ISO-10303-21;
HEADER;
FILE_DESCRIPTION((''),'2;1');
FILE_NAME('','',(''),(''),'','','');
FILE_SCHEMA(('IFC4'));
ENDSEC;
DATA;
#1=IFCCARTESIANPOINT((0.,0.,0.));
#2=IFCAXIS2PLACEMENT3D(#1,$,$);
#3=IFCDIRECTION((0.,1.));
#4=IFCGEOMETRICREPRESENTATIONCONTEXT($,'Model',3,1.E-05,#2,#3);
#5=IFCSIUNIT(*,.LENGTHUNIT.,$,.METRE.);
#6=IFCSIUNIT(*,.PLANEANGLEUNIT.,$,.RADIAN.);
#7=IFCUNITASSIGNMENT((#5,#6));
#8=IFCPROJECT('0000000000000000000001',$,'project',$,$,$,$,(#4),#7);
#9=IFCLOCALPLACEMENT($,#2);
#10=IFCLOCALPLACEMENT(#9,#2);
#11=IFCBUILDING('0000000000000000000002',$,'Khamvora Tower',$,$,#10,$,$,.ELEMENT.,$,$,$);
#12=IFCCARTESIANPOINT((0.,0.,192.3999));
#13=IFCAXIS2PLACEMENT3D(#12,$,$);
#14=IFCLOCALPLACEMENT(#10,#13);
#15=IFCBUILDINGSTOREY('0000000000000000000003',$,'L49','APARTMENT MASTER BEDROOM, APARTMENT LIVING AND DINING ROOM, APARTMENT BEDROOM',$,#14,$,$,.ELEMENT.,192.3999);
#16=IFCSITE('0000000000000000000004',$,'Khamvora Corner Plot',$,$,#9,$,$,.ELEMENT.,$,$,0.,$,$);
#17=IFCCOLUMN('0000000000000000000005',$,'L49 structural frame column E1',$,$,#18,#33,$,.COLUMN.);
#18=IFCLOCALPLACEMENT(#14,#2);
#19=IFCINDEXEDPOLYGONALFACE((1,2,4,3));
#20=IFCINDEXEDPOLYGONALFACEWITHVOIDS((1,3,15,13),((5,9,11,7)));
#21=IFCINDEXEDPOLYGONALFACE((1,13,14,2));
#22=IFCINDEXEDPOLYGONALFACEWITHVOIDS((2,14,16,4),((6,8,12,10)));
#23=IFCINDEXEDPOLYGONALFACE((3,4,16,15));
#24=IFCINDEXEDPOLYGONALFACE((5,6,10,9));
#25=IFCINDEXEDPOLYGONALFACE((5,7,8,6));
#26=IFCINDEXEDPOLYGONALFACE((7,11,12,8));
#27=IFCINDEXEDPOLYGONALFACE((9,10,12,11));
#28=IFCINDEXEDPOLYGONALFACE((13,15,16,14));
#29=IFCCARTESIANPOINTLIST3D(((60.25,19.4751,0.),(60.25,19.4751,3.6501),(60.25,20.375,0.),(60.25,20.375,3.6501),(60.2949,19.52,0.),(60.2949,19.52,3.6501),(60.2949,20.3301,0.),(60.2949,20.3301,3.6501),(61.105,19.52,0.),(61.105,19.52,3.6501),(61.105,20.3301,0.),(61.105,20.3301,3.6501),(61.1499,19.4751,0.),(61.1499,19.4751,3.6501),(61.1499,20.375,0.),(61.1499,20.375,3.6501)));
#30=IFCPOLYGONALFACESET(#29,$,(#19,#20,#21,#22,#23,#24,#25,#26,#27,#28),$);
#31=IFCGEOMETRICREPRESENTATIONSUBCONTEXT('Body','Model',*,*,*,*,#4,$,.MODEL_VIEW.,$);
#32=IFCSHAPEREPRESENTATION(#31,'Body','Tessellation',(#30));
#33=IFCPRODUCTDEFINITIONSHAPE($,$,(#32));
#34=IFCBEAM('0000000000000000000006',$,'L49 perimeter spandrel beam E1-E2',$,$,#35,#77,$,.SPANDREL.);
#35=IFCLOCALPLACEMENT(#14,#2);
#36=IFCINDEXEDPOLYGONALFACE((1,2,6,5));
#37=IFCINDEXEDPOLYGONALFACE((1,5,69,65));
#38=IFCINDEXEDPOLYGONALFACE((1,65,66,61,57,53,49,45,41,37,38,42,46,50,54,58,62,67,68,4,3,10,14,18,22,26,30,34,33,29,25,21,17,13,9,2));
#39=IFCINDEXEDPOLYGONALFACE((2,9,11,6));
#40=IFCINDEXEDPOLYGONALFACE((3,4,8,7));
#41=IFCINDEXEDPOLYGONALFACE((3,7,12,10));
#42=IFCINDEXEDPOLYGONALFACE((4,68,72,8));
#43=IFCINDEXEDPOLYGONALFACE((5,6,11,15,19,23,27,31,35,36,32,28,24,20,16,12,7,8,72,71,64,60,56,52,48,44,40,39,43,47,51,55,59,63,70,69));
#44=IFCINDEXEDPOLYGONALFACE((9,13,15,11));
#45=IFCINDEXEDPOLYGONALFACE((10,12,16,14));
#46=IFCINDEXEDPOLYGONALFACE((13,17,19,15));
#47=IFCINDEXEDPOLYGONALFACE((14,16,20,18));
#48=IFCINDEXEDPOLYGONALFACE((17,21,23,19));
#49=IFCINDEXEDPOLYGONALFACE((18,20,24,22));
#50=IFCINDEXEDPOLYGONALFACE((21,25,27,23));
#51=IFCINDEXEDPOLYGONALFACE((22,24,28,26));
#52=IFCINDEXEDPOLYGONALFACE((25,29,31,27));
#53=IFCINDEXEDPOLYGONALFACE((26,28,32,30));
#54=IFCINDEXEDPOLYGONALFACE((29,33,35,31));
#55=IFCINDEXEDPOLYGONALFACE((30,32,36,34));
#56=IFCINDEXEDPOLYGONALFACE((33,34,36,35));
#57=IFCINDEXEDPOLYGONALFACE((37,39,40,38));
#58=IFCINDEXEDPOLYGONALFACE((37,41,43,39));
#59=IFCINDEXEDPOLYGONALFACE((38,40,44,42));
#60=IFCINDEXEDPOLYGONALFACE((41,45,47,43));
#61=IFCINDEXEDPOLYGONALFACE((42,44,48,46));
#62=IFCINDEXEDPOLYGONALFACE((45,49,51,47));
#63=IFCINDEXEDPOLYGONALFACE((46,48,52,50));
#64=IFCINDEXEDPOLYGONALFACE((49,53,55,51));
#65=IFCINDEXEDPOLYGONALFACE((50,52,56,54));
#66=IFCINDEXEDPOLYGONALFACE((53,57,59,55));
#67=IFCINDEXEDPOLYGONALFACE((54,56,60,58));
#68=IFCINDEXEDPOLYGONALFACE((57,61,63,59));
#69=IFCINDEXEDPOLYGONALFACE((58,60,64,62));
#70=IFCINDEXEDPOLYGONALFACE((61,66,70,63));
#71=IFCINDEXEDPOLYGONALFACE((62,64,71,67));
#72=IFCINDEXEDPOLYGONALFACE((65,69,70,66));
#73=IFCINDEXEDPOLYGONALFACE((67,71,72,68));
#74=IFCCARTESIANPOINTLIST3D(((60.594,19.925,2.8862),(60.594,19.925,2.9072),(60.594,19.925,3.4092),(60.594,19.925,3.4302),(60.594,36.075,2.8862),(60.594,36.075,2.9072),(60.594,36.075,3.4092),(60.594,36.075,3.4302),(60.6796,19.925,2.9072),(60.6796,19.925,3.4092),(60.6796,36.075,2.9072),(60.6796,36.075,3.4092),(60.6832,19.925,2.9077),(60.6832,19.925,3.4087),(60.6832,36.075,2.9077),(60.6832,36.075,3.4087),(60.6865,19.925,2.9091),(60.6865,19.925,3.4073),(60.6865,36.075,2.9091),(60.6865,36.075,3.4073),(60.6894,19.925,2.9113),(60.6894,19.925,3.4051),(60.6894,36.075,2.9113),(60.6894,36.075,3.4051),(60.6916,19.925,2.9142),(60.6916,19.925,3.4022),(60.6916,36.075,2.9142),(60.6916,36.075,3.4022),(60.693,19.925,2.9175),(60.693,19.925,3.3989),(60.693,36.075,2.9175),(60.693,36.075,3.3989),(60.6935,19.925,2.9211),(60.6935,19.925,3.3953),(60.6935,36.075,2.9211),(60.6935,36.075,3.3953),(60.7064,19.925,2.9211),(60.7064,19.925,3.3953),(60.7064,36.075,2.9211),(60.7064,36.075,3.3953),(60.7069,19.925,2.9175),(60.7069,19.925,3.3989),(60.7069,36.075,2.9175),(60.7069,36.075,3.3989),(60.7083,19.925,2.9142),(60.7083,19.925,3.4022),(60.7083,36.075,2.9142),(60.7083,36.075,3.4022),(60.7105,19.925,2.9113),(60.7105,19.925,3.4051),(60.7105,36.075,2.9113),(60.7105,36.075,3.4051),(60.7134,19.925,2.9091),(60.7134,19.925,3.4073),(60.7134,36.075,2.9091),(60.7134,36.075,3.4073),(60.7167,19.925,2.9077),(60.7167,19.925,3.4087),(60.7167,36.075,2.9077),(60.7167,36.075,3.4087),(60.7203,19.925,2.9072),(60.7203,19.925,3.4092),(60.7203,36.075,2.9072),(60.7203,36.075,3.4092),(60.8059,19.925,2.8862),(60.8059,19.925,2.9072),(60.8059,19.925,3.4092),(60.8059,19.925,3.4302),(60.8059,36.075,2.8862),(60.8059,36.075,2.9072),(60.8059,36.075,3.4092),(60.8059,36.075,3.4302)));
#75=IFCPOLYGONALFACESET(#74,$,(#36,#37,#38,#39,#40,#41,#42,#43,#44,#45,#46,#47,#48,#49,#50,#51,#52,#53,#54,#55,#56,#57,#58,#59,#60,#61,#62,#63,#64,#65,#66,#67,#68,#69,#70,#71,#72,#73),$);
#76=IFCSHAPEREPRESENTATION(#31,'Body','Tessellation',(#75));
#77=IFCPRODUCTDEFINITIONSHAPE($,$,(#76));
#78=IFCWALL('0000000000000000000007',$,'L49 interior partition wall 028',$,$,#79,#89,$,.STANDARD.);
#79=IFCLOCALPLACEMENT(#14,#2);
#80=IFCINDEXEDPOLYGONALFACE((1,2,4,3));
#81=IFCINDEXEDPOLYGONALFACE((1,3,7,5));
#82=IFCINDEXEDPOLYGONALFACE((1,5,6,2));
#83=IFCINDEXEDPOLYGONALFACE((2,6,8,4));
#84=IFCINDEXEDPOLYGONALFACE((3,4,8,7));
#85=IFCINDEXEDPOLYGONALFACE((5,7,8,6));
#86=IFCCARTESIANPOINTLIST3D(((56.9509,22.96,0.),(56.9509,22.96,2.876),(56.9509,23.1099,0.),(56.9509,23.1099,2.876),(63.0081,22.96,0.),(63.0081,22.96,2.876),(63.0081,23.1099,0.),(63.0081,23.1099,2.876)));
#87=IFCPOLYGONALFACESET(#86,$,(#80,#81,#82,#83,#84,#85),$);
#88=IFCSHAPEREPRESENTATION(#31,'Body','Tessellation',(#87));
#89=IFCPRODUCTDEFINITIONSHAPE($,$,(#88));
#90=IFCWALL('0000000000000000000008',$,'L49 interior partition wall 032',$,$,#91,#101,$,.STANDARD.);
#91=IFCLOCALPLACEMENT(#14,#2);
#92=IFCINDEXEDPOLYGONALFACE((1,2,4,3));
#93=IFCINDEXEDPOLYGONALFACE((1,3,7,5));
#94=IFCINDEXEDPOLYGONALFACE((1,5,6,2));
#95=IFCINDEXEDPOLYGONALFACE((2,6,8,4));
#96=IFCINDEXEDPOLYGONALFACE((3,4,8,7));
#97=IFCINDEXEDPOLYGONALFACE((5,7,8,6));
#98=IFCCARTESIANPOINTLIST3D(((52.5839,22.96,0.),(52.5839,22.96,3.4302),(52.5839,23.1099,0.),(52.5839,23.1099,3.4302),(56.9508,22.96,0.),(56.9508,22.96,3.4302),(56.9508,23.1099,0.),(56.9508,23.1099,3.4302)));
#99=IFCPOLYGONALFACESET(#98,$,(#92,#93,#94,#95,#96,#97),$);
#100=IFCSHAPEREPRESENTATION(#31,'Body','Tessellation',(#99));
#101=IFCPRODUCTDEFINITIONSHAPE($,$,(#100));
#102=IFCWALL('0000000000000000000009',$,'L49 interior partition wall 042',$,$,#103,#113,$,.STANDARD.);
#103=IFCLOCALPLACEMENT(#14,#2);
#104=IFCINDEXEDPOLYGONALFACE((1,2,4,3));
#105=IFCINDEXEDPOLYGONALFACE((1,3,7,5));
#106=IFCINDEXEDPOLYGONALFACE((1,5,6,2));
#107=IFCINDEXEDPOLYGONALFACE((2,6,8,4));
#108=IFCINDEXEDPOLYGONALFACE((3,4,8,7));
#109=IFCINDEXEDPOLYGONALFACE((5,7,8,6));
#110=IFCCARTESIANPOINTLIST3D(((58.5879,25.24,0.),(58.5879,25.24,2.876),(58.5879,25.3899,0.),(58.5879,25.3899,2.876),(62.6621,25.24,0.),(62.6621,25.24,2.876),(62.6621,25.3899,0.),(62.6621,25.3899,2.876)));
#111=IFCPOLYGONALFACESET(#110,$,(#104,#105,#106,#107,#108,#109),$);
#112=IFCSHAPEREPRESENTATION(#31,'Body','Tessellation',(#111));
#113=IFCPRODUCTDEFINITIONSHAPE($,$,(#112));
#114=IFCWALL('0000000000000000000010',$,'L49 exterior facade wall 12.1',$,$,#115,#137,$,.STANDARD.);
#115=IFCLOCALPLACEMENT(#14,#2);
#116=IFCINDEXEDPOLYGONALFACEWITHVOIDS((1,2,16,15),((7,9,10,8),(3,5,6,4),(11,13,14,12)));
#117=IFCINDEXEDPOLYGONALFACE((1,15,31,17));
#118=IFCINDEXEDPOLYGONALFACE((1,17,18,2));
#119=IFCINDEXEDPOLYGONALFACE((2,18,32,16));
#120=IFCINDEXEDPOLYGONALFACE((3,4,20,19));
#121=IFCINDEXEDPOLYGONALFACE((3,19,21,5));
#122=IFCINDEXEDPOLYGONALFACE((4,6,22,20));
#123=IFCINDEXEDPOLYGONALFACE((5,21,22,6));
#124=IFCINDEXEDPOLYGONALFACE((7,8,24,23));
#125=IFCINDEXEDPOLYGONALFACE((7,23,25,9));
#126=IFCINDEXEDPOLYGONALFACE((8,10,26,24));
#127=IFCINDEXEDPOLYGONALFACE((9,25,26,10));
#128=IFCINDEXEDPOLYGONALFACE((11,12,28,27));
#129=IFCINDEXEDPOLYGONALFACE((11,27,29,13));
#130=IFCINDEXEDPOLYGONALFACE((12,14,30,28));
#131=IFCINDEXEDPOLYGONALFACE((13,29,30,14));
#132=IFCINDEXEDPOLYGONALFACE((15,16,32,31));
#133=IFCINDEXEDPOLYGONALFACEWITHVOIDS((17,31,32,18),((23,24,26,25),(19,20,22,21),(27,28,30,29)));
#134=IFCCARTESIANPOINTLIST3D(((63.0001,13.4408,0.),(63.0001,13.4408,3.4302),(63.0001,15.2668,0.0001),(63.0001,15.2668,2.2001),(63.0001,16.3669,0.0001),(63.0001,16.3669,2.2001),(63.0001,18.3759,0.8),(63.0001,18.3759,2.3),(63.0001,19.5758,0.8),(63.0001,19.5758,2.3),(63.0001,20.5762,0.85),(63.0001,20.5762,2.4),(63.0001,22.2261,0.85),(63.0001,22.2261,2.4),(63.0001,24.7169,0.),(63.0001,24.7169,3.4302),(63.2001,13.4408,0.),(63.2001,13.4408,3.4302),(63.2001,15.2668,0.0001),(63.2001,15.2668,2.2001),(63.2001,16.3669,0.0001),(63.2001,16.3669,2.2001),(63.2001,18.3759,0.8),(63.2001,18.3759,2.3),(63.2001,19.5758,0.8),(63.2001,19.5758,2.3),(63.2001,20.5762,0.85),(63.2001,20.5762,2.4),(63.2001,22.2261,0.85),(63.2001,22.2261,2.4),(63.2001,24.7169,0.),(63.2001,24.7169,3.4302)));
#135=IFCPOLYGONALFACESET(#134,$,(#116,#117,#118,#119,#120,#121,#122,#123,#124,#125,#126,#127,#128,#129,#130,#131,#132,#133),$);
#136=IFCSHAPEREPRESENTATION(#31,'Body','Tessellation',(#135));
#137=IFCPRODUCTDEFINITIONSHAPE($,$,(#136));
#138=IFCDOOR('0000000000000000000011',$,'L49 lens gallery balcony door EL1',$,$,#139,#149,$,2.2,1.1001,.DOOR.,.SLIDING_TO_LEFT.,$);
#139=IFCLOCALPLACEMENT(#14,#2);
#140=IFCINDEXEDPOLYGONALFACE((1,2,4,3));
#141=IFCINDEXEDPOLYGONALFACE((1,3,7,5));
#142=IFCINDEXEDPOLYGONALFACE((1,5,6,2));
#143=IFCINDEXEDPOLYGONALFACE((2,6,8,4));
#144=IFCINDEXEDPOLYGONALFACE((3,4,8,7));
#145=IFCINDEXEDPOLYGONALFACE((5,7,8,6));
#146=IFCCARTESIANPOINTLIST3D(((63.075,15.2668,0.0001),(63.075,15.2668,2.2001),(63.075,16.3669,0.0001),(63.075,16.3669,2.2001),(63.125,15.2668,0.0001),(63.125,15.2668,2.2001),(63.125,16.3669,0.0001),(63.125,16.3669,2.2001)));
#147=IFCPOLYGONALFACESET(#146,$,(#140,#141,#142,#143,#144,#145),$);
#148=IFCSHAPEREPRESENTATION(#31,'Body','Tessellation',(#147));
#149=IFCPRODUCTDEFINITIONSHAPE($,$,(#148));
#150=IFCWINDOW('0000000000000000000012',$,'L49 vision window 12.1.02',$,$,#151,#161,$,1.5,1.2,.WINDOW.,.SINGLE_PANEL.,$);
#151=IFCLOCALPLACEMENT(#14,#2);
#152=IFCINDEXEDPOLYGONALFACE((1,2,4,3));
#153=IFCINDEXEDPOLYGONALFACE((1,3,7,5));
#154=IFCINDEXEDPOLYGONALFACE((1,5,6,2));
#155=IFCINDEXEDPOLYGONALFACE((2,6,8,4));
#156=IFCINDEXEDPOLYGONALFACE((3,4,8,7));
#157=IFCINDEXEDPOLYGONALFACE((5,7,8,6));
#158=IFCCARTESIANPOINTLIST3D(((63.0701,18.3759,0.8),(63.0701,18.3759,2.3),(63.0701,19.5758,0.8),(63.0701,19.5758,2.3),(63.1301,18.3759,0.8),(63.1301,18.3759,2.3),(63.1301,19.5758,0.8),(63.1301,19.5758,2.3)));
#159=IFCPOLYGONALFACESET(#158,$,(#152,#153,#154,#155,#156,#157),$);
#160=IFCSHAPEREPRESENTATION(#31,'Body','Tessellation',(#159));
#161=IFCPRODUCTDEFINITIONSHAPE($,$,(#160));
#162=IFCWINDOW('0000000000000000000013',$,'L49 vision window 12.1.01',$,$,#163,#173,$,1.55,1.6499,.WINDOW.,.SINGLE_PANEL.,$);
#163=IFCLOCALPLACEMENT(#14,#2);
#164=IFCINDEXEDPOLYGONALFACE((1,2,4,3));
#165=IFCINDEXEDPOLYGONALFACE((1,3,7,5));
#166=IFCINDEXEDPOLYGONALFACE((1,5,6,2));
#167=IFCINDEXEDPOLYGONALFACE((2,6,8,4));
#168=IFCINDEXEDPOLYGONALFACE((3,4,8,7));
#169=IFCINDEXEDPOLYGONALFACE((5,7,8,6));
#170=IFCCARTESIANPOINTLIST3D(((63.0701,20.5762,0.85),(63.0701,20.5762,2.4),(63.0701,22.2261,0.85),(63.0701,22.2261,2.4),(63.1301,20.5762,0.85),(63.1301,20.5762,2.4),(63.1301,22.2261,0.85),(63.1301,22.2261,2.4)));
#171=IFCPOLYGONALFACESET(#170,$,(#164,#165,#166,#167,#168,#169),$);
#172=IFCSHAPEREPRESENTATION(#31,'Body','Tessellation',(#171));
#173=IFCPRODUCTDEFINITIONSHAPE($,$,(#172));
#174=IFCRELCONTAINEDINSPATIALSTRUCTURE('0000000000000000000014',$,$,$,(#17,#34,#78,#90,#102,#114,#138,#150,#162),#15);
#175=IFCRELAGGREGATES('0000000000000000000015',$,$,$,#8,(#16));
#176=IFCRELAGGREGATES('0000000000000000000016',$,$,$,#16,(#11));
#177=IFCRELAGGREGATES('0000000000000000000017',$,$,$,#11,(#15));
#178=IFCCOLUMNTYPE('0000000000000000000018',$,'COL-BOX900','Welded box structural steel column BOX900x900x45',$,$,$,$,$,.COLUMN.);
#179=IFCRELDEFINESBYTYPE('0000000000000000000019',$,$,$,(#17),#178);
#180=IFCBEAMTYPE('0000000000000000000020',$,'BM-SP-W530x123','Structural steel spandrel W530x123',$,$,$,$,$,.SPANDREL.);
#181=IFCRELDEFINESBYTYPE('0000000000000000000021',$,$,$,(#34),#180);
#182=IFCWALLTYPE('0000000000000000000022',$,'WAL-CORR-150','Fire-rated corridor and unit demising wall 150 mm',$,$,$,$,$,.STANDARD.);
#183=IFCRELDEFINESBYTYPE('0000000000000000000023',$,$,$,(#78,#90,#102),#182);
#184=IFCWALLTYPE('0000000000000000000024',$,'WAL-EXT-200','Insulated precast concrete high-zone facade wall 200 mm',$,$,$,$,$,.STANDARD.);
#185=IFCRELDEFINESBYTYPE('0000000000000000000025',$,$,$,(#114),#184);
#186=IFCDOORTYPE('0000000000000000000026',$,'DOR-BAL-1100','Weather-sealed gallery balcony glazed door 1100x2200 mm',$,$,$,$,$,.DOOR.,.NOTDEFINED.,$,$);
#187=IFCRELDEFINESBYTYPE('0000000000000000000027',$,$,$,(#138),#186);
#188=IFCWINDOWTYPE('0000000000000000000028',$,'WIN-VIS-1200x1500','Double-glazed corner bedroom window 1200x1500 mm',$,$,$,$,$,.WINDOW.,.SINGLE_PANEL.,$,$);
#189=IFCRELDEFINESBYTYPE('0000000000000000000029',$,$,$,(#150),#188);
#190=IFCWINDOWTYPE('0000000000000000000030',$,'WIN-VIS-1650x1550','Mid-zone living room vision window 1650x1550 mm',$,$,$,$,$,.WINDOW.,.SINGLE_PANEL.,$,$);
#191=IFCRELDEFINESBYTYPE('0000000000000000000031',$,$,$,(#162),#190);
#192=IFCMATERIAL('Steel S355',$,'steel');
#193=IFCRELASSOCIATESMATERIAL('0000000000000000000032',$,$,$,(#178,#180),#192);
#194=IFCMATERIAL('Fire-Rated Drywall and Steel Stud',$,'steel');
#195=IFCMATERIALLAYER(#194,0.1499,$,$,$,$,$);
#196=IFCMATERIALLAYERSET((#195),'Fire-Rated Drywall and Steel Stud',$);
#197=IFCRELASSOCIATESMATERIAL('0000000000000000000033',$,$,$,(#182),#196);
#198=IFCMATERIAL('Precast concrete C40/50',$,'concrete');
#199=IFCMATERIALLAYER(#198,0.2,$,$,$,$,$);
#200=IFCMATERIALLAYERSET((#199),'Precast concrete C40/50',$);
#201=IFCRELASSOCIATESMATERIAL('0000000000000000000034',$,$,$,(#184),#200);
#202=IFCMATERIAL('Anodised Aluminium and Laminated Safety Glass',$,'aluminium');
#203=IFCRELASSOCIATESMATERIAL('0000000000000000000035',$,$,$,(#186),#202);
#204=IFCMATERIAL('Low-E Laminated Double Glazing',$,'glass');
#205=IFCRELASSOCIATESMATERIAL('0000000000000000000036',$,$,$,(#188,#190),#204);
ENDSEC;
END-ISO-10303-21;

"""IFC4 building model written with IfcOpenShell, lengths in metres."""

from ifc_helpers import new_model, si_unit, direction, frame, frame_2d, origin, origin_2d, place, context, subcontext, project, spatial, rectangle, hollow_rectangle, i_section, extrude, material, layer, layer_set, material_profile, profile_set, type_object, element, fill, save


model = new_model("IFC4")

# Units and contexts
model_context = context("Model", 3, precision=1e-05, world=origin(), true_north=direction((0.0, 1.0)))
body_context = subcontext(model_context, "Body", "Model", "MODEL_VIEW")
ifc_project = project(units=[si_unit("LENGTHUNIT", "METRE"), si_unit("PLANEANGLEUNIT", "RADIAN")], contexts=[model_context])

# Site, building, storey
site_placement = place(None, origin())
site = spatial("IfcSite", under=ifc_project, at=site_placement, Name="Khamvora Corner Plot", CompositionType="ELEMENT", RefElevation=0.0)
building_placement = place(site_placement, origin())
building = spatial("IfcBuilding", under=site, at=building_placement, Name="Khamvora Tower", CompositionType="ELEMENT")
storey_placement = place(building_placement, frame((0.0, 0.0, 192.3999)))
storey = spatial("IfcBuildingStorey", under=building, at=storey_placement, Name="L49", Description="APARTMENT MASTER BEDROOM, APARTMENT LIVING AND DINING ROOM, APARTMENT BEDROOM", CompositionType="ELEMENT", Elevation=192.3999)

# Column
ifc_material_1 = material(Name="Steel S355", Category="steel")
ifc_material_profile_1 = material_profile(ifc_material_1, hollow_rectangle(XDim=0.8999, YDim=0.8999, WallThickness=0.0449, at=origin_2d()), Name="BOX900x900x45")
ifc_profile_set_1 = profile_set([ifc_material_profile_1], Name="Steel S355")
column_type = type_object("IfcColumnType", Name="COL-BOX900", Description="Welded box structural steel column BOX900x900x45", PredefinedType="COLUMN", material=ifc_profile_set_1)
column_placement = place(storey_placement, frame((60.7, 19.925, 0.0), z_axis=(0.0, 0.0, 1.0), x_axis=(1.0, 0.0, 0.0)))
element("IfcColumn", 1, at=column_placement, inside=storey, type_object=column_type, Name="L49 structural frame column E1", PredefinedType="COLUMN", context=body_context, shape_type="SweptSolid", body=[
    extrude(hollow_rectangle(XDim=0.8999, YDim=0.8999, WallThickness=0.0449, at=origin_2d()), origin(), (0.0, 0.0, 1.0), 3.6501),
])

# Beam
ifc_material_profile_2 = material_profile(ifc_material_1, i_section(OverallWidth=0.2119, OverallDepth=0.5439, WebThickness=0.0129, FlangeThickness=0.021, FilletRadius=0.0139, at=origin_2d()), Name="W530x123")
ifc_profile_set_2 = profile_set([ifc_material_profile_2], Name="Steel S355")
beam_type = type_object("IfcBeamType", Name="BM-SP-W530x123", Description="Structural steel spandrel W530x123", PredefinedType="SPANDREL", material=ifc_profile_set_2)
beam_placement = place(storey_placement, frame((60.7, 19.925, 3.1582), z_axis=(0.0, 1.0, 0.0), x_axis=(-1.0, 0.0, 0.0)))
element("IfcBeam", 2, at=beam_placement, inside=storey, type_object=beam_type, Name="L49 perimeter spandrel beam E1-E2", PredefinedType="SPANDREL", context=body_context, shape_type="SweptSolid", body=[
    extrude(i_section(OverallWidth=0.2119, OverallDepth=0.5439, WebThickness=0.0129, FlangeThickness=0.021, FilletRadius=0.0139, at=origin_2d()), origin(), (0.0, 0.0, 1.0), 16.1499),
])

# Walls
ifc_material_2 = material(Name="Fire-Rated Drywall and Steel Stud", Category="steel")
ifc_layer_1 = layer(ifc_material_2, 0.1499)
ifc_layer_set_1 = layer_set([ifc_layer_1], Name="Fire-Rated Drywall and Steel Stud")
wall_type_1 = type_object("IfcWallType", Name="WAL-CORR-150", Description="Fire-rated corridor and unit demising wall 150 mm", PredefinedType="STANDARD", material=ifc_layer_set_1)
wall_1_placement = place(storey_placement, frame((63.0081, 23.0349, 0.0), z_axis=(0.0, 0.0, 1.0), x_axis=(-1.0, 0.0, 0.0)))
element("IfcWall", 3, at=wall_1_placement, inside=storey, type_object=wall_type_1, Name="L49 interior partition wall 028", PredefinedType="STANDARD", context=body_context, shape_type="SweptSolid", body=[
    extrude(rectangle(XDim=6.0571, YDim=0.1499, at=frame_2d((3.0286, 0.0))), origin(), (0.0, 0.0, 1.0), 2.876),
])
wall_2_placement = place(storey_placement, frame((56.9509, 23.0349, 0.0), z_axis=(0.0, 0.0, 1.0), x_axis=(-1.0, 0.0, 0.0)))
element("IfcWall", 4, at=wall_2_placement, inside=storey, type_object=wall_type_1, Name="L49 interior partition wall 032", PredefinedType="STANDARD", context=body_context, shape_type="SweptSolid", body=[
    extrude(rectangle(XDim=4.3669, YDim=0.1499, at=frame_2d((2.1836, 0.0))), origin(), (0.0, 0.0, 1.0), 3.4302),
])

# Wall
wall_3_placement = place(storey_placement, frame((58.5879, 25.3149, 0.0), z_axis=(0.0, 0.0, 1.0), x_axis=(1.0, 0.0, 0.0)))
element("IfcWall", 5, at=wall_3_placement, inside=storey, type_object=wall_type_1, Name="L49 interior partition wall 042", PredefinedType="STANDARD", context=body_context, shape_type="SweptSolid", body=[
    extrude(rectangle(XDim=4.0742, YDim=0.1499, at=frame_2d((2.0371, 0.0))), origin(), (0.0, 0.0, 1.0), 2.876),
])

# Wall, openings, door, windows
ifc_material_3 = material(Name="Precast concrete C40/50", Category="concrete")
ifc_layer_2 = layer(ifc_material_3, 0.2)
ifc_layer_set_2 = layer_set([ifc_layer_2], Name="Precast concrete C40/50")
wall_type_2 = type_object("IfcWallType", Name="WAL-EXT-200", Description="Insulated precast concrete high-zone facade wall 200 mm", PredefinedType="STANDARD", material=ifc_layer_set_2)
wall_4_placement = place(storey_placement, frame((63.1001, 24.717, 0.0), z_axis=(0.0, 0.0, 1.0), x_axis=(0.0, -1.0, 0.0)))
wall_4 = element("IfcWall", 6, at=wall_4_placement, inside=storey, type_object=wall_type_2, Name="L49 exterior facade wall 12.1", PredefinedType="STANDARD", context=body_context, shape_type="SweptSolid", body=[
    extrude(rectangle(XDim=11.2761, YDim=0.2, at=frame_2d((5.6382, 0.0))), origin(), (0.0, 0.0, 1.0), 3.4302),
])
opening_1_placement = place(wall_4_placement, frame((8.3501, 0.0, 0.0)))
opening_1 = element("IfcOpeningElement", 7, at=opening_1_placement, cuts=wall_4, PredefinedType="OPENING", context=body_context, shape_type="SweptSolid", body=[
    extrude(rectangle(XDim=1.1001, YDim=2.2, at=frame_2d((0.55, 1.1001))), frame((0.0, 0.1099, 0.0), z_axis=(0.0, -1.0, 0.0), x_axis=(1.0, 0.0, 0.0)), (0.0, 0.0, 1.0), 0.22),
])
opening_2_placement = place(wall_4_placement, frame((2.491, 0.0, 0.8501)))
opening_2 = element("IfcOpeningElement", 8, at=opening_2_placement, cuts=wall_4, PredefinedType="OPENING", context=body_context, shape_type="SweptSolid", body=[
    extrude(rectangle(XDim=1.6499, YDim=1.55, at=frame_2d((0.825, 0.7749))), frame((0.0, 0.1099, 0.0), z_axis=(0.0, -1.0, 0.0), x_axis=(1.0, 0.0, 0.0)), (0.0, 0.0, 1.0), 0.22),
])
opening_3_placement = place(wall_4_placement, frame((5.1411, 0.0, 0.8)))
opening_3 = element("IfcOpeningElement", 9, at=opening_3_placement, cuts=wall_4, PredefinedType="OPENING", context=body_context, shape_type="SweptSolid", body=[
    extrude(rectangle(XDim=1.2, YDim=1.5, at=frame_2d((0.6001, 0.75))), frame((0.0, 0.1099, 0.0), z_axis=(0.0, -1.0, 0.0), x_axis=(1.0, 0.0, 0.0)), (0.0, 0.0, 1.0), 0.22),
])
ifc_material_4 = material(Name="Anodised Aluminium and Laminated Safety Glass", Category="aluminium")
door_type_1 = type_object("IfcDoorType", Name="DOR-BAL-1100", Description="Weather-sealed gallery balcony glazed door 1100x2200 mm", OperationType="NOTDEFINED", PredefinedType="DOOR", material=ifc_material_4)
door_1_placement = place(opening_1_placement, origin())
door_1 = element("IfcDoor", 10, at=door_1_placement, inside=storey, type_object=door_type_1, Name="L49 lens gallery balcony door EL1", OperationType="SLIDING_TO_LEFT", OverallHeight=2.2, OverallWidth=1.1001, PredefinedType="DOOR", context=body_context, shape_type="SweptSolid", body=[
    extrude(rectangle(XDim=1.1001, YDim=2.2, at=frame_2d((0.55, 1.1001))), frame((0.0, 0.0249, 0.0), z_axis=(0.0, -1.0, 0.0), x_axis=(1.0, 0.0, 0.0)), (0.0, 0.0, 1.0), 0.05),
])
fill(opening_1, door_1)
ifc_material_5 = material(Name="Low-E Laminated Double Glazing", Category="glass")
window_type_1 = type_object("IfcWindowType", Name="WIN-VIS-1200x1500", Description="Double-glazed corner bedroom window 1200x1500 mm", PartitioningType="SINGLE_PANEL", PredefinedType="WINDOW", material=ifc_material_5)
window_1_placement = place(opening_3_placement, origin())
window_1 = element("IfcWindow", 11, at=window_1_placement, inside=storey, type_object=window_type_1, Name="L49 vision window 12.1.02", OverallHeight=1.5, OverallWidth=1.2, PartitioningType="SINGLE_PANEL", PredefinedType="WINDOW", context=body_context, shape_type="SweptSolid", body=[
    extrude(rectangle(XDim=1.2, YDim=1.5, at=frame_2d((0.6001, 0.75))), frame((0.0, 0.03, 0.0), z_axis=(0.0, -1.0, 0.0), x_axis=(1.0, 0.0, 0.0)), (0.0, 0.0, 1.0), 0.0601),
])
fill(opening_3, window_1)
window_type_2 = type_object("IfcWindowType", Name="WIN-VIS-1650x1550", Description="Mid-zone living room vision window 1650x1550 mm", PartitioningType="SINGLE_PANEL", PredefinedType="WINDOW", material=ifc_material_5)
window_2_placement = place(opening_2_placement, origin())
window_2 = element("IfcWindow", 12, at=window_2_placement, inside=storey, type_object=window_type_2, Name="L49 vision window 12.1.01", OverallHeight=1.55, OverallWidth=1.6499, PartitioningType="SINGLE_PANEL", PredefinedType="WINDOW", context=body_context, shape_type="SweptSolid", body=[
    extrude(rectangle(XDim=1.6499, YDim=1.55, at=frame_2d((0.825, 0.7749))), frame((0.0, 0.03, 0.0), z_axis=(0.0, -1.0, 0.0), x_axis=(1.0, 0.0, 0.0)), (0.0, 0.0, 1.0), 0.0601),
])
fill(opening_2, window_2)

save(model, "model.ifc")
